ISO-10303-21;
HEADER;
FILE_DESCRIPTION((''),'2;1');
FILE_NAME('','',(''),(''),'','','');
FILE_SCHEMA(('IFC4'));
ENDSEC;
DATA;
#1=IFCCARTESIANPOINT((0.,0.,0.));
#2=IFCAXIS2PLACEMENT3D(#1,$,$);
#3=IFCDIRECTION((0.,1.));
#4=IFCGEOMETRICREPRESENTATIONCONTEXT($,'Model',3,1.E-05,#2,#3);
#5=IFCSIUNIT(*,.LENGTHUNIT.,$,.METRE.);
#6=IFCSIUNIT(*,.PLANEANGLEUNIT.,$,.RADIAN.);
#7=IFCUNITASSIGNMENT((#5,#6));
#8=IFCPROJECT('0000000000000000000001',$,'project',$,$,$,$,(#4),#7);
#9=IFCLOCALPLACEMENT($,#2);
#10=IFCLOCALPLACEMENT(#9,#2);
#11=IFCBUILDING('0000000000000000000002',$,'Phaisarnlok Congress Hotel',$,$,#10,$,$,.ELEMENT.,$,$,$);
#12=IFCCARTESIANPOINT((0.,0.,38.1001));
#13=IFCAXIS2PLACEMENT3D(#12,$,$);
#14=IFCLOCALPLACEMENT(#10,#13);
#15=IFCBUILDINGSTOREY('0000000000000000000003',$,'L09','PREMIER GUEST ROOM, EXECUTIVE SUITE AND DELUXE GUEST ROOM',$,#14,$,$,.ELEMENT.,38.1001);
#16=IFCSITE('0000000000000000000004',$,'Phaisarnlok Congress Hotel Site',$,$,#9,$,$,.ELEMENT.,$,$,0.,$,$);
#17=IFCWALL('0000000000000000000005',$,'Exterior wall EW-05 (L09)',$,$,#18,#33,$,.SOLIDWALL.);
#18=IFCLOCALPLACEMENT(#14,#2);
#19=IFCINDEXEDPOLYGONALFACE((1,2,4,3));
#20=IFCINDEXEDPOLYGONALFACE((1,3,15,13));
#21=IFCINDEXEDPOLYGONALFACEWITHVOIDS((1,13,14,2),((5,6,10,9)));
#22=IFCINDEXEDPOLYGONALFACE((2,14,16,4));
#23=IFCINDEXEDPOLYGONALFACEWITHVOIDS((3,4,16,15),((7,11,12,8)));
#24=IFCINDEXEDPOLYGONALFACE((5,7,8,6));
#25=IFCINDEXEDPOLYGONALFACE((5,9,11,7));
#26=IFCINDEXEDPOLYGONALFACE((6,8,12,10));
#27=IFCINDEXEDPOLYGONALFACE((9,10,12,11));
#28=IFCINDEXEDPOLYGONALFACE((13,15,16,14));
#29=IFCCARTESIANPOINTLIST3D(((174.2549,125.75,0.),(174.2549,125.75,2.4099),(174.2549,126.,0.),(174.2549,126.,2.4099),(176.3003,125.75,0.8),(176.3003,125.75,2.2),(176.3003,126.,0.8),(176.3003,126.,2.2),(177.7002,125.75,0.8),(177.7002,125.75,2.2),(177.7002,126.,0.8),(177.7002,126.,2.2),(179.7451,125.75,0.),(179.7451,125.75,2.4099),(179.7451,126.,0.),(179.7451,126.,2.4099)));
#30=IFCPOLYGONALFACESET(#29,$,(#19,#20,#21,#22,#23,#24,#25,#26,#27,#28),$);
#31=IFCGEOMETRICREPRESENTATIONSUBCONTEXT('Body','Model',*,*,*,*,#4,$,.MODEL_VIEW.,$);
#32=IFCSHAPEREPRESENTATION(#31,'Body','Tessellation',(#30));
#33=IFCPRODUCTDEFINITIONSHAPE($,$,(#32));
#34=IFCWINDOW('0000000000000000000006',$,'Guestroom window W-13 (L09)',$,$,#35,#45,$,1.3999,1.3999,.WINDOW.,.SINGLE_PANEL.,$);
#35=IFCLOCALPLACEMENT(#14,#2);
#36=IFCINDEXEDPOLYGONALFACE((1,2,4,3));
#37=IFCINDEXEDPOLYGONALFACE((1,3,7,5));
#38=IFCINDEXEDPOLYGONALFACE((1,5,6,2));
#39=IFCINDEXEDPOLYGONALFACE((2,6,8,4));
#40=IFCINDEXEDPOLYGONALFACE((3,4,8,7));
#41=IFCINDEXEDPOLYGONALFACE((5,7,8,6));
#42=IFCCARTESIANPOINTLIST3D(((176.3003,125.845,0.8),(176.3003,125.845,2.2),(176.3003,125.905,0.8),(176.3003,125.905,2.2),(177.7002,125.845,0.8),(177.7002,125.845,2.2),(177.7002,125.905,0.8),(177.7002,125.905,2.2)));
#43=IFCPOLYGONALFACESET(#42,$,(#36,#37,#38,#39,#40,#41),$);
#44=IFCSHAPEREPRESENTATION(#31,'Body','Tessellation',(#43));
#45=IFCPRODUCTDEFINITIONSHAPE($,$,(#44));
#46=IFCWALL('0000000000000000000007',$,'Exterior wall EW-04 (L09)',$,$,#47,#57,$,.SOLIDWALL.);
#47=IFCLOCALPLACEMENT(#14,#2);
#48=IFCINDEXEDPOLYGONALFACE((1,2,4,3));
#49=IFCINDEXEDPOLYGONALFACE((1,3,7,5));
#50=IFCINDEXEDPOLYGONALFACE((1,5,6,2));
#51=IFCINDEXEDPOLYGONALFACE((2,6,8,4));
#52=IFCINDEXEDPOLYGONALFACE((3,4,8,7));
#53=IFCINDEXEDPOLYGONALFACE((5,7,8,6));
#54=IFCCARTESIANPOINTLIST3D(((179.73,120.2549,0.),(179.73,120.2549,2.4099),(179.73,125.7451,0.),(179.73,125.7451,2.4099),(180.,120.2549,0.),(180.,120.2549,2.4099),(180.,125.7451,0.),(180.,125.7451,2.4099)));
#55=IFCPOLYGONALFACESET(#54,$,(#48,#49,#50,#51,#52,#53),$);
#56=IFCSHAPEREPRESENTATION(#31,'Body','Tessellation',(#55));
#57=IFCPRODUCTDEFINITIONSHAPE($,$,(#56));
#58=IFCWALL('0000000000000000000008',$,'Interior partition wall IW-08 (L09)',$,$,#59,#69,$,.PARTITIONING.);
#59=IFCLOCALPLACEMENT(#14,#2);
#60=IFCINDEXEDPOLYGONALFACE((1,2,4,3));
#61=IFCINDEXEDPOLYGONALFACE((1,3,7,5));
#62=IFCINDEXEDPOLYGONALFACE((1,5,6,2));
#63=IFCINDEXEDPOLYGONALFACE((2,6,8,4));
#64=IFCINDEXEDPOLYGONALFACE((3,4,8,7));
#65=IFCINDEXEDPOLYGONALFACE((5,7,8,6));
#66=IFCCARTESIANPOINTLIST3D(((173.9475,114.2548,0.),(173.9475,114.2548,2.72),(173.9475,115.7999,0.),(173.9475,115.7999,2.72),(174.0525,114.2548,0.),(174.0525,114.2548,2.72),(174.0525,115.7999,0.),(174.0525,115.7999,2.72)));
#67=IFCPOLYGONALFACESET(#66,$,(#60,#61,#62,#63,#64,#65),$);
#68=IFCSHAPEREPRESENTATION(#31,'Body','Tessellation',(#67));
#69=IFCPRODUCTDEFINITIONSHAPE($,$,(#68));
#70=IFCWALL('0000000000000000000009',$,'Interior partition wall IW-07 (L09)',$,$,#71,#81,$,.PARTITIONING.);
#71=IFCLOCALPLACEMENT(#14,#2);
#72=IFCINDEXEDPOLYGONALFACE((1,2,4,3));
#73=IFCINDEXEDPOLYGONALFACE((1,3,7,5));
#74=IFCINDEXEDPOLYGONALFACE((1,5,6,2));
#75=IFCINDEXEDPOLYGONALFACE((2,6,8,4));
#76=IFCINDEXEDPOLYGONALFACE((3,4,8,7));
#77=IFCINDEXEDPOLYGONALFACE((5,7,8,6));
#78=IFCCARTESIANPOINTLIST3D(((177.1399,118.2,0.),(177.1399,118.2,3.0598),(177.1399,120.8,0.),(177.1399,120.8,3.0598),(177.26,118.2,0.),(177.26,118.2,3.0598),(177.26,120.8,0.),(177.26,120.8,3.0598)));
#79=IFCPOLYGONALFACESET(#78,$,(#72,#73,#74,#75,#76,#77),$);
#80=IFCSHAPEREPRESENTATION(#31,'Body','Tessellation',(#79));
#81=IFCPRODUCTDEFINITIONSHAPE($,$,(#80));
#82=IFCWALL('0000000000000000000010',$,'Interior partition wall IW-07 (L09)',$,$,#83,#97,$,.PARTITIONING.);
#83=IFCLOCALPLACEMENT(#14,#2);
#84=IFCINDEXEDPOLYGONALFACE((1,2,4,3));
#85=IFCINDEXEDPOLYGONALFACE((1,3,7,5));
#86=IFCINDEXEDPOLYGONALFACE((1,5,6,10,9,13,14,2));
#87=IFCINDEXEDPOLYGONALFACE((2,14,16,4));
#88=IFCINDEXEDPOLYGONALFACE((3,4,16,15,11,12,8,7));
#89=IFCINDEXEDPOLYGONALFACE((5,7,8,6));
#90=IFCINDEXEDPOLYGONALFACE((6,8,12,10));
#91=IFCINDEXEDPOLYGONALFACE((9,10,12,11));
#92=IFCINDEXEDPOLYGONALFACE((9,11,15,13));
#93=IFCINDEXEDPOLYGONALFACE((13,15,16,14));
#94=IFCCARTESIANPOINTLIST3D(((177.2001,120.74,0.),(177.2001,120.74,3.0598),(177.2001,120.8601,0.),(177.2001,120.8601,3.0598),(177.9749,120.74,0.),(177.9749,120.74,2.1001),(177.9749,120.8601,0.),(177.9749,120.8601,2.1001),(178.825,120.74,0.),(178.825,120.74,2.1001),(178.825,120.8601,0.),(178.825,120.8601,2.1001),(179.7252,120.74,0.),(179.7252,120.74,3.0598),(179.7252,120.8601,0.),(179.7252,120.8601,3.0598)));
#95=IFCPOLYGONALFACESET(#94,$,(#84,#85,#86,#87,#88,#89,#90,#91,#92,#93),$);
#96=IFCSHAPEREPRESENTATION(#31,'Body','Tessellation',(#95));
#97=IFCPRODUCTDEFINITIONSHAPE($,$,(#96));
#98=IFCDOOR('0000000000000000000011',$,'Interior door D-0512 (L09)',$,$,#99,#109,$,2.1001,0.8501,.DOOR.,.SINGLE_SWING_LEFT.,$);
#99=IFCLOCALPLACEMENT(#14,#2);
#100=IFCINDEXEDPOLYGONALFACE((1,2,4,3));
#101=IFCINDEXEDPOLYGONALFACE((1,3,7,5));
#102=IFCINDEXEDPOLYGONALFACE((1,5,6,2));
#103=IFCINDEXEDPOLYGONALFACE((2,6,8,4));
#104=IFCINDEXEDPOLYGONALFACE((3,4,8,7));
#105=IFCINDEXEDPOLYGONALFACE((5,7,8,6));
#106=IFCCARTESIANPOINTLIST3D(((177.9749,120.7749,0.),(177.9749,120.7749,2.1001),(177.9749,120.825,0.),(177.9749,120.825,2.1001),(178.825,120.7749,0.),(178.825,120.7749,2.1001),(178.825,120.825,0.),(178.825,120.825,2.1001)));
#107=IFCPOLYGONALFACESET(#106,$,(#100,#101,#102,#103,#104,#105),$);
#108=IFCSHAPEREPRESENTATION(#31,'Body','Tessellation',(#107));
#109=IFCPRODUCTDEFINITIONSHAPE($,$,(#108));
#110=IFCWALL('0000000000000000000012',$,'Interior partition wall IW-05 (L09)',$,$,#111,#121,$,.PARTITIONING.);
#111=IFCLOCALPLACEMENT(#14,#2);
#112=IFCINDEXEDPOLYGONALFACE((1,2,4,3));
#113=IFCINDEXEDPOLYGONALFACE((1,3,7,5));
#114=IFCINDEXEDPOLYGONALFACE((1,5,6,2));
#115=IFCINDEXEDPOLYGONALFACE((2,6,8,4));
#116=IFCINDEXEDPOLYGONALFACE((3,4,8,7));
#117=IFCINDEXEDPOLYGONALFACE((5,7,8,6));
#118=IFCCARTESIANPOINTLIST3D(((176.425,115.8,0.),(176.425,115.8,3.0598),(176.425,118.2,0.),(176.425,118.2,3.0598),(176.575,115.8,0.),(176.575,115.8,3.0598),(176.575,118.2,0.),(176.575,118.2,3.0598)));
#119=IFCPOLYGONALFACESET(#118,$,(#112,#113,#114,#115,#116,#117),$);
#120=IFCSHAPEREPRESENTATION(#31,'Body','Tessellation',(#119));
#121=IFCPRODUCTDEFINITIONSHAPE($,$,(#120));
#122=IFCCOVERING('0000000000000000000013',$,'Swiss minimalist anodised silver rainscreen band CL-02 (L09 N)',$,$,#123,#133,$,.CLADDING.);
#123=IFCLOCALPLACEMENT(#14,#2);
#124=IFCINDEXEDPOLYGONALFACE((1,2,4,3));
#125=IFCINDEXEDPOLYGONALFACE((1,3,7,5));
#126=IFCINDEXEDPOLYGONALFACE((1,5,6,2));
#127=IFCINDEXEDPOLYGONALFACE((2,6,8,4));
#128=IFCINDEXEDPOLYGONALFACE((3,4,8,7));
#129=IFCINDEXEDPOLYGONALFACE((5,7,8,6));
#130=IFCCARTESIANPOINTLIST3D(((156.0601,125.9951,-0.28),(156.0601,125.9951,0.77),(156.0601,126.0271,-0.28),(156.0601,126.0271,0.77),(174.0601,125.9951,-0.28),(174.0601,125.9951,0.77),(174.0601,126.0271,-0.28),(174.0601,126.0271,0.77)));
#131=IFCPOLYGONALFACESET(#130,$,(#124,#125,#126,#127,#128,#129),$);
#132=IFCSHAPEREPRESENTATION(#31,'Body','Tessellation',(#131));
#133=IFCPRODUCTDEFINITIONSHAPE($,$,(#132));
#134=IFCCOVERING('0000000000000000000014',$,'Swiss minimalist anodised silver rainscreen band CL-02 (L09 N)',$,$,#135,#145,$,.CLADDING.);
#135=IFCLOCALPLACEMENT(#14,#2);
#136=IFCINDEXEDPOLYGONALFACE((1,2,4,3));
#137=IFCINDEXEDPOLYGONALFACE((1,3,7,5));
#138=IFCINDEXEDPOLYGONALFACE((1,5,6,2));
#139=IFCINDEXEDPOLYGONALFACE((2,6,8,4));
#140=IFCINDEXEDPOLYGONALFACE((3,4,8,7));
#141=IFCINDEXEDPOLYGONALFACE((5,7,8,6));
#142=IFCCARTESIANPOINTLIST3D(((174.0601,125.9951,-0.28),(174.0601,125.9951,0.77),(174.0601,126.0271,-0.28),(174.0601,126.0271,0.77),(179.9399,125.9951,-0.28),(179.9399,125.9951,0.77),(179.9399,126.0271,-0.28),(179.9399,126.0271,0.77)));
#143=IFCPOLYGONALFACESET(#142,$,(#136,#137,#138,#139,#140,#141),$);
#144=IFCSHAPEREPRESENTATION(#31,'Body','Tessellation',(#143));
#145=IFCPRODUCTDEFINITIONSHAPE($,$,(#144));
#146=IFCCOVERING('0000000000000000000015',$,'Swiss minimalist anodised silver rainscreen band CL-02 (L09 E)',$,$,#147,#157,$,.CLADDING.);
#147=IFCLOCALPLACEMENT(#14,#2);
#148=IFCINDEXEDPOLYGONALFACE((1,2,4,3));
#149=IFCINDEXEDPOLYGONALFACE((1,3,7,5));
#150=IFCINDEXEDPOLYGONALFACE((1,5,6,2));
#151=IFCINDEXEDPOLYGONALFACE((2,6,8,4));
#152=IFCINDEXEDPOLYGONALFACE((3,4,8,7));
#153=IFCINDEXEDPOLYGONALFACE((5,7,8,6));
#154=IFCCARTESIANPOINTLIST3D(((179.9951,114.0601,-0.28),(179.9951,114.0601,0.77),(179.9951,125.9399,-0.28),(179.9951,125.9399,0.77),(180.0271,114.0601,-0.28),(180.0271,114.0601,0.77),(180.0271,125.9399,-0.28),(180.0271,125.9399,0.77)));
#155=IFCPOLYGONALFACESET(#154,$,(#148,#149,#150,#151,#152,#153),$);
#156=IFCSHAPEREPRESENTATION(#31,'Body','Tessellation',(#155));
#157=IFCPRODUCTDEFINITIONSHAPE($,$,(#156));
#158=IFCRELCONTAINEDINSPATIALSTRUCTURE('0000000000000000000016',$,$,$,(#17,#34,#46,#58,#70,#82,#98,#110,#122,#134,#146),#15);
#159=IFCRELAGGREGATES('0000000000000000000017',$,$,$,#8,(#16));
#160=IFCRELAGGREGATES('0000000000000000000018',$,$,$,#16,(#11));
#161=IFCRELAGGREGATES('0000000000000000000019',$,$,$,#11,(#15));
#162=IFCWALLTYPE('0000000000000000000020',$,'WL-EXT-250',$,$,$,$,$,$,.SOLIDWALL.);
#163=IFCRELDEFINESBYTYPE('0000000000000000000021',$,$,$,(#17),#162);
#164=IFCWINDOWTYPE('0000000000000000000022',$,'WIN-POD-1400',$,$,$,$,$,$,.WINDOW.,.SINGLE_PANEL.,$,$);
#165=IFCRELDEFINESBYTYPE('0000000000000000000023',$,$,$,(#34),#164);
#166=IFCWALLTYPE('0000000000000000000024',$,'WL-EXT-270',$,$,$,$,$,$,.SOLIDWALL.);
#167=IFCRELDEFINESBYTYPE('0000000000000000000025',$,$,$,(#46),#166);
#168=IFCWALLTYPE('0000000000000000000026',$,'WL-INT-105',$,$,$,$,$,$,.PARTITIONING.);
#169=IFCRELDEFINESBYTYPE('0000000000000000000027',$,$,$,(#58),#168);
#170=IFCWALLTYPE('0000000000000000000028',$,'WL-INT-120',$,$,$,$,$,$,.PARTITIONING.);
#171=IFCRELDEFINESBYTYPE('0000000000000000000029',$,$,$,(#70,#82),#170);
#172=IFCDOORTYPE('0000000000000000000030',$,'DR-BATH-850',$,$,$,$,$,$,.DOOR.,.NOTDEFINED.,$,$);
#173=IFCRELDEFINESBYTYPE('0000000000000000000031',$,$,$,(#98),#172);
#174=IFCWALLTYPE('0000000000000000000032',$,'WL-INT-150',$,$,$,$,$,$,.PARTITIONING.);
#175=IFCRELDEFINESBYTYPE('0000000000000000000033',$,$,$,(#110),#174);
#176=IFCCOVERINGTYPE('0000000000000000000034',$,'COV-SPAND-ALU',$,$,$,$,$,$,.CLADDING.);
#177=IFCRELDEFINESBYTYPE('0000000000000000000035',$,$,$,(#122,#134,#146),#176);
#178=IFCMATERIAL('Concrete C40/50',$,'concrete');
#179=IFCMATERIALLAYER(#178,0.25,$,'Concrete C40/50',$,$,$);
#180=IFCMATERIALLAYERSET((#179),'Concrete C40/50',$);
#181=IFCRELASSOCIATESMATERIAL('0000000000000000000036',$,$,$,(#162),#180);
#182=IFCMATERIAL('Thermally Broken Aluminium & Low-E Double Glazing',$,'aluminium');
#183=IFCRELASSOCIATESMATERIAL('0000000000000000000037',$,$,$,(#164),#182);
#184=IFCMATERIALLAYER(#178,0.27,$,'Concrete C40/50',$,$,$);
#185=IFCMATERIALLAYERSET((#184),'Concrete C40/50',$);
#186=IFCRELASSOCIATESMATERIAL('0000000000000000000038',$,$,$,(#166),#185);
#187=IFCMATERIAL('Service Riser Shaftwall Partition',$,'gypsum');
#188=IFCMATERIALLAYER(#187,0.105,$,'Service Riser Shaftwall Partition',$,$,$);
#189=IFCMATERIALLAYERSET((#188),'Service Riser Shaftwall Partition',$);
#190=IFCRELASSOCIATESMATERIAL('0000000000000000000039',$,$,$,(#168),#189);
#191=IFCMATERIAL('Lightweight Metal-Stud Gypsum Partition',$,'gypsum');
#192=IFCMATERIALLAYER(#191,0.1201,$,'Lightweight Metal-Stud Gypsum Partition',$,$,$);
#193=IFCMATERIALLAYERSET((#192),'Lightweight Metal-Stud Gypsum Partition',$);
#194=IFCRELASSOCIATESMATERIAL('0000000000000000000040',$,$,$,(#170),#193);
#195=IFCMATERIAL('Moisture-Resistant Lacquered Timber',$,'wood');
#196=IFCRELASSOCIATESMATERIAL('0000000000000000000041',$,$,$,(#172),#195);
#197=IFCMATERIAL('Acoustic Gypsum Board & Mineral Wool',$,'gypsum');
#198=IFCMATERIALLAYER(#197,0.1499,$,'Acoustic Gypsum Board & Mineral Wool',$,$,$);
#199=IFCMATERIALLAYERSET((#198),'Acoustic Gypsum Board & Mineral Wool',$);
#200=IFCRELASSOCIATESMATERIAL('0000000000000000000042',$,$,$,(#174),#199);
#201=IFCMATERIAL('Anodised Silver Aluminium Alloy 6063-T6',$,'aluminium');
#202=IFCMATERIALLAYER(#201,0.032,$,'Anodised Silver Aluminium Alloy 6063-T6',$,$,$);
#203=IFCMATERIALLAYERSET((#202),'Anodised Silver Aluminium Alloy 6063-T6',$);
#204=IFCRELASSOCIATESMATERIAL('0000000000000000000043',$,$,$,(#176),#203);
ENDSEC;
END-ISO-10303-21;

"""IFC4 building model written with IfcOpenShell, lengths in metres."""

from ifc_helpers import new_model, si_unit, direction, frame, frame_2d, origin, place, context, subcontext, project, spatial, polyline, rectangle, outline, extrude, material, layer, layer_set, type_object, element, fill, save


model = new_model("IFC4")

# Units and contexts
model_context = context("Model", 3, precision=1e-05, world=origin(), true_north=direction((0.0, 1.0)))
body_context = subcontext(model_context, "Body", "Model", "MODEL_VIEW")
ifc_project = project(units=[si_unit("LENGTHUNIT", "METRE"), si_unit("PLANEANGLEUNIT", "RADIAN")], contexts=[model_context])

# Site, building, storey
site_placement = place(None, origin())
site = spatial("IfcSite", under=ifc_project, at=site_placement, Name="Phaisarnlok Congress Hotel Site", CompositionType="ELEMENT", RefElevation=0.0)
building_placement = place(site_placement, origin())
building = spatial("IfcBuilding", under=site, at=building_placement, Name="Phaisarnlok Congress Hotel", CompositionType="ELEMENT")
storey_placement = place(building_placement, frame((0.0, 0.0, 38.1001)))
storey = spatial("IfcBuildingStorey", under=building, at=storey_placement, Name="L09", Description="PREMIER GUEST ROOM, EXECUTIVE SUITE AND DELUXE GUEST ROOM", CompositionType="ELEMENT", Elevation=38.1001)

# Shared definitions
ifc_material_1 = material(Name="Concrete C40/50", Category="concrete")

# Wall, opening, window
ifc_layer_1 = layer(ifc_material_1, 0.25, Name="Concrete C40/50")
ifc_layer_set_1 = layer_set([ifc_layer_1], Name="Concrete C40/50")
wall_type_1 = type_object("IfcWallType", Name="WL-EXT-250", PredefinedType="SOLIDWALL", material=ifc_layer_set_1)
wall_1_placement = place(storey_placement, frame((179.7451, 125.875, 0.0), z_axis=(0.0, 0.0, 1.0), x_axis=(-1.0, 0.0, 0.0)))
wall_1 = element("IfcWall", 1, at=wall_1_placement, inside=storey, type_object=wall_type_1, Name="Exterior wall EW-05 (L09)", PredefinedType="SOLIDWALL", context=body_context, shape_type="SweptSolid", body=[
    extrude(rectangle(XDim=5.4902, YDim=0.25, at=frame_2d((2.7451, 0.0))), origin(), (0.0, 0.0, 1.0), 2.4099),
])
opening_1_placement = place(wall_1_placement, frame((2.0449, 0.0, 0.8)))
opening_1 = element("IfcOpeningElement", 2, at=opening_1_placement, cuts=wall_1, PredefinedType="OPENING", context=body_context, shape_type="SweptSolid", body=[
    extrude(rectangle(XDim=1.3999, YDim=1.3999, at=frame_2d((0.7, 0.7))), frame((0.0, 0.135, 0.0), z_axis=(0.0, -1.0, 0.0), x_axis=(1.0, 0.0, 0.0)), (0.0, 0.0, 1.0), 0.27),
])
ifc_material_2 = material(Name="Thermally Broken Aluminium & Low-E Double Glazing", Category="aluminium")
window_type = type_object("IfcWindowType", Name="WIN-POD-1400", PartitioningType="SINGLE_PANEL", PredefinedType="WINDOW", material=ifc_material_2)
window_placement = place(opening_1_placement, origin())
window = element("IfcWindow", 3, at=window_placement, inside=storey, type_object=window_type, Name="Guestroom window W-13 (L09)", OverallHeight=1.3999, OverallWidth=1.3999, PartitioningType="SINGLE_PANEL", PredefinedType="WINDOW", context=body_context, shape_type="SweptSolid", body=[
    extrude(rectangle(XDim=1.3999, YDim=1.3999, at=frame_2d((0.7, 0.7))), frame((0.0, 0.03, 0.0), z_axis=(0.0, -1.0, 0.0), x_axis=(1.0, 0.0, 0.0)), (0.0, 0.0, 1.0), 0.0601),
])
fill(opening_1, window)

# Walls
ifc_layer_2 = layer(ifc_material_1, 0.27, Name="Concrete C40/50")
ifc_layer_set_2 = layer_set([ifc_layer_2], Name="Concrete C40/50")
wall_type_2 = type_object("IfcWallType", Name="WL-EXT-270", PredefinedType="SOLIDWALL", material=ifc_layer_set_2)
wall_2_placement = place(storey_placement, frame((179.865, 120.2549, 0.0), z_axis=(0.0, 0.0, 1.0), x_axis=(0.0, 1.0, 0.0)))
element("IfcWall", 4, at=wall_2_placement, inside=storey, type_object=wall_type_2, Name="Exterior wall EW-04 (L09)", PredefinedType="SOLIDWALL", context=body_context, shape_type="SweptSolid", body=[
    extrude(rectangle(XDim=5.4902, YDim=0.27, at=frame_2d((2.7451, 0.0))), origin(), (0.0, 0.0, 1.0), 2.4099),
])
ifc_material_3 = material(Name="Service Riser Shaftwall Partition", Category="gypsum")
ifc_layer_3 = layer(ifc_material_3, 0.105, Name="Service Riser Shaftwall Partition")
ifc_layer_set_3 = layer_set([ifc_layer_3], Name="Service Riser Shaftwall Partition")
wall_type_3 = type_object("IfcWallType", Name="WL-INT-105", PredefinedType="PARTITIONING", material=ifc_layer_set_3)
wall_3_placement = place(storey_placement, frame((174.0, 114.2549, 0.0), z_axis=(0.0, 0.0, 1.0), x_axis=(0.0, 1.0, 0.0)))
element("IfcWall", 5, at=wall_3_placement, inside=storey, type_object=wall_type_3, Name="Interior partition wall IW-08 (L09)", PredefinedType="PARTITIONING", context=body_context, shape_type="SweptSolid", body=[
    extrude(rectangle(XDim=1.5452, YDim=0.105, at=frame_2d((0.7725, 0.0))), origin(), (0.0, 0.0, 1.0), 2.72),
])
ifc_material_4 = material(Name="Lightweight Metal-Stud Gypsum Partition", Category="gypsum")
ifc_layer_4 = layer(ifc_material_4, 0.1201, Name="Lightweight Metal-Stud Gypsum Partition")
ifc_layer_set_4 = layer_set([ifc_layer_4], Name="Lightweight Metal-Stud Gypsum Partition")
wall_type_4 = type_object("IfcWallType", Name="WL-INT-120", PredefinedType="PARTITIONING", material=ifc_layer_set_4)
wall_4_placement = place(storey_placement, frame((177.2, 118.2, 0.0), z_axis=(0.0, 0.0, 1.0), x_axis=(0.0, 1.0, 0.0)))
element("IfcWall", 6, at=wall_4_placement, inside=storey, type_object=wall_type_4, Name="Interior partition wall IW-07 (L09)", PredefinedType="PARTITIONING", context=body_context, shape_type="SweptSolid", body=[
    extrude(rectangle(XDim=2.6001, YDim=0.1201, at=frame_2d((1.3, 0.0))), origin(), (0.0, 0.0, 1.0), 3.0598),
])

# Wall, opening, door
wall_5_placement = place(storey_placement, frame((177.2, 120.8, 0.0), z_axis=(0.0, 0.0, 1.0), x_axis=(1.0, 0.0, 0.0)))
wall_5 = element("IfcWall", 7, at=wall_5_placement, inside=storey, type_object=wall_type_4, Name="Interior partition wall IW-07 (L09)", PredefinedType="PARTITIONING", context=body_context, shape_type="SweptSolid", body=[
    extrude(rectangle(XDim=2.5251, YDim=0.1201, at=frame_2d((1.2627, 0.0))), origin(), (0.0, 0.0, 1.0), 3.0598),
])
opening_2_placement = place(wall_5_placement, frame((0.7749, 0.0, 0.0)))
opening_2 = element("IfcOpeningElement", 8, at=opening_2_placement, cuts=wall_5, PredefinedType="OPENING", context=body_context, shape_type="SweptSolid", body=[
    extrude(rectangle(XDim=0.8501, YDim=2.1001, at=frame_2d((0.425, 1.05))), frame((0.0, 0.0701, 0.0), z_axis=(0.0, -1.0, 0.0), x_axis=(1.0, 0.0, 0.0)), (0.0, 0.0, 1.0), 0.1401),
])
ifc_material_5 = material(Name="Moisture-Resistant Lacquered Timber", Category="wood")
door_type = type_object("IfcDoorType", Name="DR-BATH-850", OperationType="NOTDEFINED", PredefinedType="DOOR", material=ifc_material_5)
door_placement = place(opening_2_placement, origin())
door = element("IfcDoor", 9, at=door_placement, inside=storey, type_object=door_type, Name="Interior door D-0512 (L09)", OperationType="SINGLE_SWING_LEFT", OverallHeight=2.1001, OverallWidth=0.8501, PredefinedType="DOOR", context=body_context, shape_type="SweptSolid", body=[
    extrude(rectangle(XDim=0.8501, YDim=2.1001, at=frame_2d((0.425, 1.05))), frame((0.0, 0.0249, 0.0), z_axis=(0.0, -1.0, 0.0), x_axis=(1.0, 0.0, 0.0)), (0.0, 0.0, 1.0), 0.05),
])
fill(opening_2, door)

# Wall
ifc_material_6 = material(Name="Acoustic Gypsum Board & Mineral Wool", Category="gypsum")
ifc_layer_5 = layer(ifc_material_6, 0.1499, Name="Acoustic Gypsum Board & Mineral Wool")
ifc_layer_set_5 = layer_set([ifc_layer_5], Name="Acoustic Gypsum Board & Mineral Wool")
wall_type_5 = type_object("IfcWallType", Name="WL-INT-150", PredefinedType="PARTITIONING", material=ifc_layer_set_5)
wall_6_placement = place(storey_placement, frame((176.5, 115.8, 0.0), z_axis=(0.0, 0.0, 1.0), x_axis=(0.0, 1.0, 0.0)))
element("IfcWall", 10, at=wall_6_placement, inside=storey, type_object=wall_type_5, Name="Interior partition wall IW-05 (L09)", PredefinedType="PARTITIONING", context=body_context, shape_type="SweptSolid", body=[
    extrude(rectangle(XDim=2.3999, YDim=0.1499, at=frame_2d((1.2, 0.0))), origin(), (0.0, 0.0, 1.0), 3.0598),
])

# Coverings
ifc_material_7 = material(Name="Anodised Silver Aluminium Alloy 6063-T6", Category="aluminium")
ifc_layer_6 = layer(ifc_material_7, 0.032, Name="Anodised Silver Aluminium Alloy 6063-T6")
ifc_layer_set_6 = layer_set([ifc_layer_6], Name="Anodised Silver Aluminium Alloy 6063-T6")
covering_type = type_object("IfcCoveringType", Name="COV-SPAND-ALU", PredefinedType="CLADDING", material=ifc_layer_set_6)
covering_1_placement = place(storey_placement, frame((174.0601, 125.9951, -0.28), z_axis=(0.0, 1.0, 0.0), x_axis=(-1.0, 0.0, 0.0)))
element("IfcCovering", 11, at=covering_1_placement, inside=storey, type_object=covering_type, Name="Swiss minimalist anodised silver rainscreen band CL-02 (L09 N)", PredefinedType="CLADDING", context=body_context, shape_type="SweptSolid", body=[
    extrude(outline(polyline([(0.0, 0.0), (18.0, 0.0), (18.0, 1.05), (0.0, 1.05), (0.0, 0.0)])), origin(), (0.0, 0.0, 1.0), 0.032),
])
covering_2_placement = place(storey_placement, frame((179.9399, 125.9951, -0.28), z_axis=(0.0, 1.0, 0.0), x_axis=(-1.0, 0.0, 0.0)))
element("IfcCovering", 12, at=covering_2_placement, inside=storey, type_object=covering_type, Name="Swiss minimalist anodised silver rainscreen band CL-02 (L09 N)", PredefinedType="CLADDING", context=body_context, shape_type="SweptSolid", body=[
    extrude(outline(polyline([(0.0, 0.0), (5.8799, 0.0), (5.8799, 1.05), (0.0, 1.05), (0.0, 0.0)])), origin(), (0.0, 0.0, 1.0), 0.032),
])
covering_3_placement = place(storey_placement, frame((179.9951, 114.0601, -0.28), z_axis=(1.0, 0.0, 0.0), x_axis=(0.0, 1.0, 0.0)))
element("IfcCovering", 13, at=covering_3_placement, inside=storey, type_object=covering_type, Name="Swiss minimalist anodised silver rainscreen band CL-02 (L09 E)", PredefinedType="CLADDING", context=body_context, shape_type="SweptSolid", body=[
    extrude(outline(polyline([(0.0, 0.0), (11.8799, 0.0), (11.8799, 1.05), (0.0, 1.05), (0.0, 0.0)])), origin(), (0.0, 0.0, 1.0), 0.032),
])

save(model, "model.ifc")
